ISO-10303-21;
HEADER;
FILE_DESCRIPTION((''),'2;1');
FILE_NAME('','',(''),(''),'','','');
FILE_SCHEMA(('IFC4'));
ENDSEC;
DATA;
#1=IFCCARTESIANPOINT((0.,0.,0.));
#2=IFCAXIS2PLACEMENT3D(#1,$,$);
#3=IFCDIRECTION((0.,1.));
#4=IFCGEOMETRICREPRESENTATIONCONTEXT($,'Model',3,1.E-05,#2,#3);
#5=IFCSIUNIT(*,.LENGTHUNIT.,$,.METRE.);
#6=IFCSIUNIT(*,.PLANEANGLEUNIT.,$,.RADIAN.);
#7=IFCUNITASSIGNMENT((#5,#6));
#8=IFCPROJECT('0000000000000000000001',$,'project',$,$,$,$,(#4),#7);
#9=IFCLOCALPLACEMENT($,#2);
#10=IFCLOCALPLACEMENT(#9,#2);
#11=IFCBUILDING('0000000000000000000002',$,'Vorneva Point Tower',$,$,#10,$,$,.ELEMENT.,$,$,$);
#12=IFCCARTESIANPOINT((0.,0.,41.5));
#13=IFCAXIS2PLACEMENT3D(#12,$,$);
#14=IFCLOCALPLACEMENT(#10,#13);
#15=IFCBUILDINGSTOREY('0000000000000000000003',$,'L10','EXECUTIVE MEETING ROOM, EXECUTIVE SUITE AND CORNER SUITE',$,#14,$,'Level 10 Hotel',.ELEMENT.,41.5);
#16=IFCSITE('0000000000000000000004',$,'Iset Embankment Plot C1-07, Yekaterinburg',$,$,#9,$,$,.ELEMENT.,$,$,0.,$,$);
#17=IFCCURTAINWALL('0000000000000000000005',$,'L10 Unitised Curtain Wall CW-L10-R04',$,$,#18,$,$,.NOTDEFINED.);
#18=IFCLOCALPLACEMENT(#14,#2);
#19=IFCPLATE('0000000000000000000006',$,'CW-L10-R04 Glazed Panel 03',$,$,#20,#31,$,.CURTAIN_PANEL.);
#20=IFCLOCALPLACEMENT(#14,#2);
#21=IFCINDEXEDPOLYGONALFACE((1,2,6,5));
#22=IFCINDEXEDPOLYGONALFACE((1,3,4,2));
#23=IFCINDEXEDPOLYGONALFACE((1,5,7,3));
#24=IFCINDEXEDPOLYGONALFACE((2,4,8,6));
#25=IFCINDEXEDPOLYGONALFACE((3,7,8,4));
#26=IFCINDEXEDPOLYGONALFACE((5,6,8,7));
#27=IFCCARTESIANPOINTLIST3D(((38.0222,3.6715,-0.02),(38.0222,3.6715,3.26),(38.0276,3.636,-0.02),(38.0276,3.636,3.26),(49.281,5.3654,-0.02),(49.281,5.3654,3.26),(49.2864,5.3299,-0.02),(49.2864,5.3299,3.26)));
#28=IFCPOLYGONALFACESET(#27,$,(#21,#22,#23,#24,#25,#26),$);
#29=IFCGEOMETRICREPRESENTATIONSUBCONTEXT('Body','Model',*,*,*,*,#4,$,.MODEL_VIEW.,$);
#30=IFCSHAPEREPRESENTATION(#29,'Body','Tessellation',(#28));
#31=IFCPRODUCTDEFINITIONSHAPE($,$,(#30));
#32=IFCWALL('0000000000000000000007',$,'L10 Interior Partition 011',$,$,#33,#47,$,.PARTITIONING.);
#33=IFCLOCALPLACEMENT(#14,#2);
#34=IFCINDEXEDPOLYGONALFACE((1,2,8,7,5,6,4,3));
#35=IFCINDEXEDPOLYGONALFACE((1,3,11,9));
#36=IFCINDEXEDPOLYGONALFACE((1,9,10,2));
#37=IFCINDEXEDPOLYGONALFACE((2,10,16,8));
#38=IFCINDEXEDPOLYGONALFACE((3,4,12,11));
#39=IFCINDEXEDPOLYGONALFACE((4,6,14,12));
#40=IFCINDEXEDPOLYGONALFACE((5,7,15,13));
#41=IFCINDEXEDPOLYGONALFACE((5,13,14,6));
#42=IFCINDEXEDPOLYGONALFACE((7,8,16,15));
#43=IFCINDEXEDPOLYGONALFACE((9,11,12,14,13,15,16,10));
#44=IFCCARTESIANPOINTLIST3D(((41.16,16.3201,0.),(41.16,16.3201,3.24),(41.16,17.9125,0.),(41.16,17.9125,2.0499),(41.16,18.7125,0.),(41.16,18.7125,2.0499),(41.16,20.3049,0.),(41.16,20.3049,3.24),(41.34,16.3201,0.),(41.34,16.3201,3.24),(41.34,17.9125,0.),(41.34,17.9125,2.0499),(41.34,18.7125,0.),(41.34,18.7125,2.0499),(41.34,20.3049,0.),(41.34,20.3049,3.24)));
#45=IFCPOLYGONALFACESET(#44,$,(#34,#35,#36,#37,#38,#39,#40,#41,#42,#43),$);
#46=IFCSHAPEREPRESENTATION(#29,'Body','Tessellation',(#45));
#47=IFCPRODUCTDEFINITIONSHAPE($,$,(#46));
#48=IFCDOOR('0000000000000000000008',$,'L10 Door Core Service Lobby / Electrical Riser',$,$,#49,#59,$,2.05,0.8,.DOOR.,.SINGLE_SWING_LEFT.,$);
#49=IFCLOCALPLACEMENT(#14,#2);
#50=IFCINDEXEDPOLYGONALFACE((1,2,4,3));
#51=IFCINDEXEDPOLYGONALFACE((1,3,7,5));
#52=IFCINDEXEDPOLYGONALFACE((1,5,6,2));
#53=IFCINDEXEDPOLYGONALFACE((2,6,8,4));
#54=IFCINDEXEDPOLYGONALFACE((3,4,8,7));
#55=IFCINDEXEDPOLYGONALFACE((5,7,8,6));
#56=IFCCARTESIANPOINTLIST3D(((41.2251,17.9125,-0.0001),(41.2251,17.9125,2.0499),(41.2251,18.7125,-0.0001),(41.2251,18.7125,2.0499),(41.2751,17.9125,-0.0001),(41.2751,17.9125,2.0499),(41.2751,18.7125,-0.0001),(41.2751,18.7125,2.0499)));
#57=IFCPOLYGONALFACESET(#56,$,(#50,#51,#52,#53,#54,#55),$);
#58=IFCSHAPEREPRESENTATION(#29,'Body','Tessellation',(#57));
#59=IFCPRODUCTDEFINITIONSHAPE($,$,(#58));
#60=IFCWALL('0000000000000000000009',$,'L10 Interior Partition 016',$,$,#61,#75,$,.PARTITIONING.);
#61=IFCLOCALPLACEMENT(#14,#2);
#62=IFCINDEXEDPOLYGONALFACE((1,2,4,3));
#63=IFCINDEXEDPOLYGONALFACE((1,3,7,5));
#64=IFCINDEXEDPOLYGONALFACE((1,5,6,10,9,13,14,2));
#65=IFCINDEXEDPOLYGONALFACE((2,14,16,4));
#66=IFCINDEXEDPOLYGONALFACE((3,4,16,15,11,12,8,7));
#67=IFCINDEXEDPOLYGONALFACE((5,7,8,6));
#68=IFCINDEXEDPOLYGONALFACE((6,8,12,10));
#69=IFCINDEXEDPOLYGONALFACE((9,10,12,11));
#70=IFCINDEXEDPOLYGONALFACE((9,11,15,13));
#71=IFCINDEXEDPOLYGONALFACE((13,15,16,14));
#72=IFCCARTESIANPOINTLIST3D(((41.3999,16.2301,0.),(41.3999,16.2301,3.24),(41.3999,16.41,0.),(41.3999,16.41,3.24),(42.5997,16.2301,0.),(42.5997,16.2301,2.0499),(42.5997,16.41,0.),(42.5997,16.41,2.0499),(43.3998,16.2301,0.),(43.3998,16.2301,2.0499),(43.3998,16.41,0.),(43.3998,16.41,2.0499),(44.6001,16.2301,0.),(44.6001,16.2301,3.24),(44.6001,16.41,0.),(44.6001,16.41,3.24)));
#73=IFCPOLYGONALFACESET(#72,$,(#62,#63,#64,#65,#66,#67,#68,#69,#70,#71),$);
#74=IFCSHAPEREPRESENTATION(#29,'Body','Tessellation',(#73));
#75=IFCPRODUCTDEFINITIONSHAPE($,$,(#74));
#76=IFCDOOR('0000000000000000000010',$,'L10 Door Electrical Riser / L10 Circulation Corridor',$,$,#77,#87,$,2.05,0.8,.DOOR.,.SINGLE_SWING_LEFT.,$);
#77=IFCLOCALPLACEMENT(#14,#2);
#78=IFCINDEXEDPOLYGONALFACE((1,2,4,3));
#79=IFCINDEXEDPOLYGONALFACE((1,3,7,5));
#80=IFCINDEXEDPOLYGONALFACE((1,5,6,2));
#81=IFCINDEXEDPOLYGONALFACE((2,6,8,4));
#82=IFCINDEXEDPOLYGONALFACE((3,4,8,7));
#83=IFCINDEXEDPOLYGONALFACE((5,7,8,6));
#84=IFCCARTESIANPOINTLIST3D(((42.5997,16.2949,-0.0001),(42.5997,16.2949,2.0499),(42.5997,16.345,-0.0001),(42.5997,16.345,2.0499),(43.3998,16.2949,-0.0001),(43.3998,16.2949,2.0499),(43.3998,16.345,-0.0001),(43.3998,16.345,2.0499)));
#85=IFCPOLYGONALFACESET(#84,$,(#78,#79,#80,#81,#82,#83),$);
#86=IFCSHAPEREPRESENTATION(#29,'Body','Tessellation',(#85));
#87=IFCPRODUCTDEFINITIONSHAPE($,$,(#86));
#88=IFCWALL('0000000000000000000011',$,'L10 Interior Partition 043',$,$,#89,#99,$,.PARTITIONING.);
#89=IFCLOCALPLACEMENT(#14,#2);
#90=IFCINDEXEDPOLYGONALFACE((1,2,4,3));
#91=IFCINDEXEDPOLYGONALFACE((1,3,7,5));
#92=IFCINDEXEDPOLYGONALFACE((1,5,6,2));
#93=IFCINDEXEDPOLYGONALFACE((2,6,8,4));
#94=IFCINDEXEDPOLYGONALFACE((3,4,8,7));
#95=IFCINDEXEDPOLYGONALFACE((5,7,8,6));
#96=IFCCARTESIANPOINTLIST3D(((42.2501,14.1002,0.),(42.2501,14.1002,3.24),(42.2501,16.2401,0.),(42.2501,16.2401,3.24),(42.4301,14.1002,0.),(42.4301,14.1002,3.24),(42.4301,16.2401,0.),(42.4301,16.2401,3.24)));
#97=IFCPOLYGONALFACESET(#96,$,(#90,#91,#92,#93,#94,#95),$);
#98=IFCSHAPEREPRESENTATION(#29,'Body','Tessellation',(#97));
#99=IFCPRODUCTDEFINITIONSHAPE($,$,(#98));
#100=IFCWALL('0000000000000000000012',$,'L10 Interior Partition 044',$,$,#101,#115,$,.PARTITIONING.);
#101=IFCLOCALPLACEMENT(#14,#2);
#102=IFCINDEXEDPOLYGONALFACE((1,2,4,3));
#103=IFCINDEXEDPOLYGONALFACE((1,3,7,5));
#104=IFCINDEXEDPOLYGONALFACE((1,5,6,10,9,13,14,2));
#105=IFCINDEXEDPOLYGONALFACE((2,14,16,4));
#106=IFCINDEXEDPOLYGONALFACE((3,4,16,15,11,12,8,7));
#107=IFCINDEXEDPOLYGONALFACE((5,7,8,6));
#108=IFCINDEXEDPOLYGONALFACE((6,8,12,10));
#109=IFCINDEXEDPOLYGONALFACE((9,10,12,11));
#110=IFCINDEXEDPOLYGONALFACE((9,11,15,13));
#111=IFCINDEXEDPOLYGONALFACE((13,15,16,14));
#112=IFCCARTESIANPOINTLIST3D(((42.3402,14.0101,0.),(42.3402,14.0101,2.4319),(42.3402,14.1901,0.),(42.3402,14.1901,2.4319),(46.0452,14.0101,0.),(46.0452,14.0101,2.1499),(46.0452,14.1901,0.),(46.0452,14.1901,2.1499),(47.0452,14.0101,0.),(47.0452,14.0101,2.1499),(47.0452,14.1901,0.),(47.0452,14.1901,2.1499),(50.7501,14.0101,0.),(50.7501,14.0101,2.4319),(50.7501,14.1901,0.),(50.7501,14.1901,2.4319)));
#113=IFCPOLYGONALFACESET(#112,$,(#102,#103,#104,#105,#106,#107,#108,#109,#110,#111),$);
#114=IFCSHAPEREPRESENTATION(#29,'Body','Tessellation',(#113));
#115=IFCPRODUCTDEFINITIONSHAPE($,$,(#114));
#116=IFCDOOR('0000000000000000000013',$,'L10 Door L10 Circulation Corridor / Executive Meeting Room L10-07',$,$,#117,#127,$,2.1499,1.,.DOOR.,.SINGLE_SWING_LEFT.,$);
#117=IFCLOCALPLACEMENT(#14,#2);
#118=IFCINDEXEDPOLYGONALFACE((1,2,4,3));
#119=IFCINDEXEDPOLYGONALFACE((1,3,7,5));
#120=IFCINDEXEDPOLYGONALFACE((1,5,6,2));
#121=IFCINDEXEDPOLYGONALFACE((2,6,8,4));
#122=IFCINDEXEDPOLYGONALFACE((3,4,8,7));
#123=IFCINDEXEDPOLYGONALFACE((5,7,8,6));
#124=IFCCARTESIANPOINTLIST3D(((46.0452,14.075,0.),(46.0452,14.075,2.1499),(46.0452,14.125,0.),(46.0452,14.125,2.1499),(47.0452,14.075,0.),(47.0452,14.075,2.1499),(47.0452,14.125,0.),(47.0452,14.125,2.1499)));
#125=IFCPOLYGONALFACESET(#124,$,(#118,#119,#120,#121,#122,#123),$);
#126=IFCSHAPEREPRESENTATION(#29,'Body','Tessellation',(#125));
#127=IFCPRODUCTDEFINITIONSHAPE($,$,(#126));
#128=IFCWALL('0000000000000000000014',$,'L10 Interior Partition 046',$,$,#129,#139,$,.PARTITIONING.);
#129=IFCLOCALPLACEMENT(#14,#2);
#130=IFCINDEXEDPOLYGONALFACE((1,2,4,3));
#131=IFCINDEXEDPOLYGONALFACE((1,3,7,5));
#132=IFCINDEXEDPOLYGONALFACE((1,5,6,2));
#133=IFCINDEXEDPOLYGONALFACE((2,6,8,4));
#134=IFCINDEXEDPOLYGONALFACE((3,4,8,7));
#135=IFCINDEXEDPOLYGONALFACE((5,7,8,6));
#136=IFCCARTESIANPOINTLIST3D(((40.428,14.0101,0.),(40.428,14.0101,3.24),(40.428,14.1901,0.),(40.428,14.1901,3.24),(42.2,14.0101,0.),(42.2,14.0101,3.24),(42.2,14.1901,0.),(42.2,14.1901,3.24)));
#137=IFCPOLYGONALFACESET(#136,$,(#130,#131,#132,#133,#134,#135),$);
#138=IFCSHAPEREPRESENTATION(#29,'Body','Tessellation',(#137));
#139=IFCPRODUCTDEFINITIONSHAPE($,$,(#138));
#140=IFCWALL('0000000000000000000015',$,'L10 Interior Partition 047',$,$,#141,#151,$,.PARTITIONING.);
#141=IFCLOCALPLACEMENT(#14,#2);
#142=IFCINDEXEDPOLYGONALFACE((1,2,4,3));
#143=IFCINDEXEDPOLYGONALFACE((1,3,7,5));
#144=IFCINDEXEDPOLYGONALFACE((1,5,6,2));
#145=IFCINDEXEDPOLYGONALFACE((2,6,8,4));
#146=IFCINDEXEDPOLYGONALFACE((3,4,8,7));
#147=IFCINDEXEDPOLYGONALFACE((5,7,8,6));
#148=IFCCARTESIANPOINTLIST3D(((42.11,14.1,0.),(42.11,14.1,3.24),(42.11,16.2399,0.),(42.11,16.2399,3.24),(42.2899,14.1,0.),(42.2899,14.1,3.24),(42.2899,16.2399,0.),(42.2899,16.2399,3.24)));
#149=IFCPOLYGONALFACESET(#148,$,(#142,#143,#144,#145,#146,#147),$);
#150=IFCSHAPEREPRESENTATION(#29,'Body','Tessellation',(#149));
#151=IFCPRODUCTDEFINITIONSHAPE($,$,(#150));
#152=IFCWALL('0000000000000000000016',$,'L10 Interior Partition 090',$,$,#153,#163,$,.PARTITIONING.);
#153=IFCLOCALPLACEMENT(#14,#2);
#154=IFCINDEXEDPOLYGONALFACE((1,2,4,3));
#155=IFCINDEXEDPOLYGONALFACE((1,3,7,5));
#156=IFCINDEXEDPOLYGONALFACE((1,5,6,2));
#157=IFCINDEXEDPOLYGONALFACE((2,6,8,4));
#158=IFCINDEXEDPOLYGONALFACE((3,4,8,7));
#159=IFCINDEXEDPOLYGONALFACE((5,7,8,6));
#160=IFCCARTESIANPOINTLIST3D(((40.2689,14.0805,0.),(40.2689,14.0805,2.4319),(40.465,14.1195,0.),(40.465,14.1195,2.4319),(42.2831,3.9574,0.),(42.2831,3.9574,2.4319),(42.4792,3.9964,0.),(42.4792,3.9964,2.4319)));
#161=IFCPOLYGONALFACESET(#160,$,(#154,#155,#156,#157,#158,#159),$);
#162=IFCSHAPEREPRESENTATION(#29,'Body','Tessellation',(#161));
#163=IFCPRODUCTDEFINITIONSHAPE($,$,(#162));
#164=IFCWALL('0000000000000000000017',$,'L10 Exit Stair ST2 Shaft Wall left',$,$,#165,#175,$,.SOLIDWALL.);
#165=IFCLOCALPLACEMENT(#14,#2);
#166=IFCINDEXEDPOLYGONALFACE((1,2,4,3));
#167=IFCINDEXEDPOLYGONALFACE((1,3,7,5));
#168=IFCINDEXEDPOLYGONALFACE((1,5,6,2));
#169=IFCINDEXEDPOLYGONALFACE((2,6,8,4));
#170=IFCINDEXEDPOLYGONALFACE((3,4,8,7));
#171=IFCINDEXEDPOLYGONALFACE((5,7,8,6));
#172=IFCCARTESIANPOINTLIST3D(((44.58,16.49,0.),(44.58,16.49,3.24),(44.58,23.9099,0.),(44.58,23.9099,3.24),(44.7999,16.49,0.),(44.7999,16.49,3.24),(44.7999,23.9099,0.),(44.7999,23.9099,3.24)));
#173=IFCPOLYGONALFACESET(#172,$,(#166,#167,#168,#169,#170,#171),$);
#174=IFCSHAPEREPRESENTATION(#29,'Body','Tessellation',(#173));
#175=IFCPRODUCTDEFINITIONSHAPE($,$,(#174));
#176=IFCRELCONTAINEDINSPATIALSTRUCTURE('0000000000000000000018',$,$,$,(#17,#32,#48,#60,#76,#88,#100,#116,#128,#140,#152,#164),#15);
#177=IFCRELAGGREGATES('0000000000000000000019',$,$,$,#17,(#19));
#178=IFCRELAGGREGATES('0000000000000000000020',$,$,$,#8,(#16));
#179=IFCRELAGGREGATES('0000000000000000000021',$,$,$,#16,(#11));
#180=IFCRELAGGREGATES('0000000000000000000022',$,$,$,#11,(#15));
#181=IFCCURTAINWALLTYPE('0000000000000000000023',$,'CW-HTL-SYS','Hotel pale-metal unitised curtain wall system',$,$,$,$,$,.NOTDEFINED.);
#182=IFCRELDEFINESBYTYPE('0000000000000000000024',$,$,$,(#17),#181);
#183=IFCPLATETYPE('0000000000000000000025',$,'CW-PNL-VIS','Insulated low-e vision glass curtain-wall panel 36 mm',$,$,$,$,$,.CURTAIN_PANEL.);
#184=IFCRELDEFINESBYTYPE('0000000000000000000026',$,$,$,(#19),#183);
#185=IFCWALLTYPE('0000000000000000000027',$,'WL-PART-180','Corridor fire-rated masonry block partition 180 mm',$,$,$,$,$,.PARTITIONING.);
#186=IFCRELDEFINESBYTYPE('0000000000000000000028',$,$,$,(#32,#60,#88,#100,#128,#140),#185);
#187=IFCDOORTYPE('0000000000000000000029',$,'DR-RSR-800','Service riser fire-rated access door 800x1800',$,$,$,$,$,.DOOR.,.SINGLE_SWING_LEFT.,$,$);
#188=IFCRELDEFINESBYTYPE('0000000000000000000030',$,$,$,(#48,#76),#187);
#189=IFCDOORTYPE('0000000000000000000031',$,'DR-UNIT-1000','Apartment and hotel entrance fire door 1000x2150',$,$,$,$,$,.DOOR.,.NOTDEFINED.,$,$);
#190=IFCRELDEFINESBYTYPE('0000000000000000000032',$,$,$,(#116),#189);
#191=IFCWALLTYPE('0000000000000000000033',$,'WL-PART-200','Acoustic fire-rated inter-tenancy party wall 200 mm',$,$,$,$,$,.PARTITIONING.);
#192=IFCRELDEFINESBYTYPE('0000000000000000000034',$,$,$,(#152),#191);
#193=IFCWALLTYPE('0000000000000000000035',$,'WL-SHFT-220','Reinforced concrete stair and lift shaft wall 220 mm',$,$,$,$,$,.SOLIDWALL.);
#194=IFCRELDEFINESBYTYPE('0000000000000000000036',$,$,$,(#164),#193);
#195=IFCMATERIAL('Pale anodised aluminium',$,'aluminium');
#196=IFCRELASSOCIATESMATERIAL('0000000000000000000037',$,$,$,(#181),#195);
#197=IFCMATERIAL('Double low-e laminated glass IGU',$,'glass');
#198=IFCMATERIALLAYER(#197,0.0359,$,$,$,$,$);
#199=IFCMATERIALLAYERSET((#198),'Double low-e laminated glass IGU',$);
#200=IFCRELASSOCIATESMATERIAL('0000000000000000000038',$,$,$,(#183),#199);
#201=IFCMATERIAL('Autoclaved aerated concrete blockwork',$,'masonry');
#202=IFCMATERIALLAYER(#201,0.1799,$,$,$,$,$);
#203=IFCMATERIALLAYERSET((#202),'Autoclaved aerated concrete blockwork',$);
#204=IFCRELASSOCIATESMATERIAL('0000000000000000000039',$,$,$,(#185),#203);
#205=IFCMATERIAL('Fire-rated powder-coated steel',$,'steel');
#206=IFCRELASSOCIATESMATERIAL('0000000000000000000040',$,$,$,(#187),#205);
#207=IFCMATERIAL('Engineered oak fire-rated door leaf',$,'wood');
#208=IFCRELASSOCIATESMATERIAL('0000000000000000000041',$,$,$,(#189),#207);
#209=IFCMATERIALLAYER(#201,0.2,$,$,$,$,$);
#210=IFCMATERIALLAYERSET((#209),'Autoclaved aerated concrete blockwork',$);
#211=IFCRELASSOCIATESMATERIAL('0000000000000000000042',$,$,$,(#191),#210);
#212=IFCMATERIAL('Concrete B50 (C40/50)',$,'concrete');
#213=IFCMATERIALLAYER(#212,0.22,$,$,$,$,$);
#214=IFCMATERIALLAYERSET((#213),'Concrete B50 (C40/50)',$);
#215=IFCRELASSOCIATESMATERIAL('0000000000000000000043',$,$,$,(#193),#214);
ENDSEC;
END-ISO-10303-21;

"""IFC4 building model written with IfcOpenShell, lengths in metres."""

from ifc_helpers import new_model, si_unit, direction, frame, frame_2d, origin, origin_2d, place, context, subcontext, project, spatial, rectangle, extrude, material, layer, layer_set, type_object, element, fill, aggregate, save


model = new_model("IFC4")

# Units and contexts
model_context = context("Model", 3, precision=1e-05, world=origin(), true_north=direction((0.0, 1.0)))
body_context = subcontext(model_context, "Body", "Model", "MODEL_VIEW")
ifc_project = project(units=[si_unit("LENGTHUNIT", "METRE"), si_unit("PLANEANGLEUNIT", "RADIAN")], contexts=[model_context])

# Site, building, storey
site_placement = place(None, origin())
site = spatial("IfcSite", under=ifc_project, at=site_placement, Name="Iset Embankment Plot C1-07, Yekaterinburg", CompositionType="ELEMENT", RefElevation=0.0)
building_placement = place(site_placement, origin())
building = spatial("IfcBuilding", under=site, at=building_placement, Name="Vorneva Point Tower", CompositionType="ELEMENT")
storey_placement = place(building_placement, frame((0.0, 0.0, 41.5)))
storey = spatial("IfcBuildingStorey", under=building, at=storey_placement, Name="L10", Description="EXECUTIVE MEETING ROOM, EXECUTIVE SUITE AND CORNER SUITE", LongName="Level 10 Hotel", CompositionType="ELEMENT", Elevation=41.5)

# Curtain wall, plate
ifc_material_1 = material(Name="Pale anodised aluminium", Category="aluminium")
curtain_wall_type = type_object("IfcCurtainWallType", Name="CW-HTL-SYS", Description="Hotel pale-metal unitised curtain wall system", PredefinedType="NOTDEFINED", material=ifc_material_1)
curtain_wall_placement = place(storey_placement, origin())
curtain_wall = element("IfcCurtainWall", 1, at=curtain_wall_placement, inside=storey, type_object=curtain_wall_type, Name="L10 Unitised Curtain Wall CW-L10-R04", PredefinedType="NOTDEFINED")
ifc_material_2 = material(Name="Double low-e laminated glass IGU", Category="glass")
ifc_layer_1 = layer(ifc_material_2, 0.0359)
ifc_layer_set_1 = layer_set([ifc_layer_1], Name="Double low-e laminated glass IGU")
plate_type = type_object("IfcPlateType", Name="CW-PNL-VIS", Description="Insulated low-e vision glass curtain-wall panel 36 mm", PredefinedType="CURTAIN_PANEL", material=ifc_layer_set_1)
plate_placement = place(storey_placement, frame((43.6543, 4.5007, -0.02), z_axis=(0.0, 0.0, 1.0), x_axis=(0.988871, 0.148776, 0.0)))
plate = element("IfcPlate", 2, at=plate_placement, type_object=plate_type, Name="CW-L10-R04 Glazed Panel 03", PredefinedType="CURTAIN_PANEL", context=body_context, shape_type="SweptSolid", body=[
    extrude(rectangle(XDim=11.3855, YDim=0.0359, at=origin_2d()), origin(), (0.0, 0.0, 1.0), 3.28),
])
aggregate(curtain_wall, [plate])

# Walls, openings, doors
ifc_material_3 = material(Name="Autoclaved aerated concrete blockwork", Category="masonry")
ifc_layer_2 = layer(ifc_material_3, 0.1799)
ifc_layer_set_2 = layer_set([ifc_layer_2], Name="Autoclaved aerated concrete blockwork")
wall_type_1 = type_object("IfcWallType", Name="WL-PART-180", Description="Corridor fire-rated masonry block partition 180 mm", PredefinedType="PARTITIONING", material=ifc_layer_set_2)
wall_1_placement = place(storey_placement, frame((41.25, 16.3201, 0.0), z_axis=(0.0, 0.0, 1.0), x_axis=(0.0, 1.0, 0.0)))
wall_1 = element("IfcWall", 3, at=wall_1_placement, inside=storey, type_object=wall_type_1, Name="L10 Interior Partition 011", PredefinedType="PARTITIONING", context=body_context, shape_type="SweptSolid", body=[
    extrude(rectangle(XDim=3.9849, YDim=0.1799, at=frame_2d((1.9924, 0.0))), origin(), (0.0, 0.0, 1.0), 3.24),
])
opening_1_placement = place(wall_1_placement, frame((1.5925, 0.0, 0.0)))
opening_1 = element("IfcOpeningElement", 4, at=opening_1_placement, cuts=wall_1, PredefinedType="OPENING", context=body_context, shape_type="SweptSolid", body=[
    extrude(rectangle(XDim=0.8, YDim=2.05, at=frame_2d((0.3999, 1.0249))), frame((0.0, 0.105, 0.0), z_axis=(0.0, -1.0, 0.0), x_axis=(1.0, 0.0, 0.0)), (0.0, 0.0, 1.0), 0.2097),
])
ifc_material_4 = material(Name="Fire-rated powder-coated steel", Category="steel")
door_type_1 = type_object("IfcDoorType", Name="DR-RSR-800", Description="Service riser fire-rated access door 800x1800", OperationType="SINGLE_SWING_LEFT", PredefinedType="DOOR", material=ifc_material_4)
door_1_placement = place(opening_1_placement, origin())
door_1 = element("IfcDoor", 5, at=door_1_placement, inside=storey, type_object=door_type_1, Name="L10 Door Core Service Lobby / Electrical Riser", OperationType="SINGLE_SWING_LEFT", OverallHeight=2.05, OverallWidth=0.8, PredefinedType="DOOR", context=body_context, shape_type="SweptSolid", body=[
    extrude(rectangle(XDim=0.8, YDim=2.05, at=frame_2d((0.3999, 1.0249))), frame((0.0, 0.0249, 0.0), z_axis=(0.0, -1.0, 0.0), x_axis=(1.0, 0.0, 0.0)), (0.0, 0.0, 1.0), 0.05),
])
fill(opening_1, door_1)
wall_2_placement = place(storey_placement, frame((41.3999, 16.3201, 0.0), z_axis=(0.0, 0.0, 1.0), x_axis=(1.0, 0.0, 0.0)))
wall_2 = element("IfcWall", 6, at=wall_2_placement, inside=storey, type_object=wall_type_1, Name="L10 Interior Partition 016", PredefinedType="PARTITIONING", context=body_context, shape_type="SweptSolid", body=[
    extrude(rectangle(XDim=3.2002, YDim=0.1799, at=frame_2d((1.6001, 0.0))), origin(), (0.0, 0.0, 1.0), 3.24),
])
opening_2_placement = place(wall_2_placement, frame((1.2, 0.0, 0.0)))
opening_2 = element("IfcOpeningElement", 7, at=opening_2_placement, cuts=wall_2, PredefinedType="OPENING", context=body_context, shape_type="SweptSolid", body=[
    extrude(rectangle(XDim=0.8, YDim=2.05, at=frame_2d((0.3999, 1.0249))), frame((0.0, 0.105, 0.0), z_axis=(0.0, -1.0, 0.0), x_axis=(1.0, 0.0, 0.0)), (0.0, 0.0, 1.0), 0.2097),
])
door_2_placement = place(opening_2_placement, origin())
door_2 = element("IfcDoor", 8, at=door_2_placement, inside=storey, type_object=door_type_1, Name="L10 Door Electrical Riser / L10 Circulation Corridor", OperationType="SINGLE_SWING_LEFT", OverallHeight=2.05, OverallWidth=0.8, PredefinedType="DOOR", context=body_context, shape_type="SweptSolid", body=[
    extrude(rectangle(XDim=0.8, YDim=2.05, at=frame_2d((0.3999, 1.0249))), frame((0.0, 0.0249, 0.0), z_axis=(0.0, -1.0, 0.0), x_axis=(1.0, 0.0, 0.0)), (0.0, 0.0, 1.0), 0.05),
])
fill(opening_2, door_2)

# Wall
wall_3_placement = place(storey_placement, frame((42.3401, 16.24, 0.0), z_axis=(0.0, 0.0, 1.0), x_axis=(0.0, -1.0, 0.0)))
element("IfcWall", 9, at=wall_3_placement, inside=storey, type_object=wall_type_1, Name="L10 Interior Partition 043", PredefinedType="PARTITIONING", context=body_context, shape_type="SweptSolid", body=[
    extrude(rectangle(XDim=2.1399, YDim=0.1799, at=frame_2d((1.0698, 0.0))), origin(), (0.0, 0.0, 1.0), 3.24),
])

# Wall, opening, door
wall_4_placement = place(storey_placement, frame((42.3401, 14.1001, 0.0), z_axis=(0.0, 0.0, 1.0), x_axis=(1.0, 0.0, 0.0)))
wall_4 = element("IfcWall", 10, at=wall_4_placement, inside=storey, type_object=wall_type_1, Name="L10 Interior Partition 044", PredefinedType="PARTITIONING", context=body_context, shape_type="SweptSolid", body=[
    extrude(rectangle(XDim=8.4099, YDim=0.1799, at=frame_2d((4.2051, 0.0))), origin(), (0.0, 0.0, 1.0), 2.4319),
])
opening_3_placement = place(wall_4_placement, frame((3.7051, 0.0, 0.0)))
opening_3 = element("IfcOpeningElement", 11, at=opening_3_placement, cuts=wall_4, PredefinedType="OPENING", context=body_context, shape_type="SweptSolid", body=[
    extrude(rectangle(XDim=1.0, YDim=2.1499, at=frame_2d((0.5, 1.075))), frame((0.0, 0.105, 0.0), z_axis=(0.0, -1.0, 0.0), x_axis=(1.0, 0.0, 0.0)), (0.0, 0.0, 1.0), 0.2097),
])
ifc_material_5 = material(Name="Engineered oak fire-rated door leaf", Category="wood")
door_type_2 = type_object("IfcDoorType", Name="DR-UNIT-1000", Description="Apartment and hotel entrance fire door 1000x2150", OperationType="NOTDEFINED", PredefinedType="DOOR", material=ifc_material_5)
door_3_placement = place(opening_3_placement, origin())
door_3 = element("IfcDoor", 12, at=door_3_placement, inside=storey, type_object=door_type_2, Name="L10 Door L10 Circulation Corridor / Executive Meeting Room L10-07", OperationType="SINGLE_SWING_LEFT", OverallHeight=2.1499, OverallWidth=1.0, PredefinedType="DOOR", context=body_context, shape_type="SweptSolid", body=[
    extrude(rectangle(XDim=1.0, YDim=2.1499, at=frame_2d((0.5, 1.075))), frame((0.0, 0.0249, 0.0), z_axis=(0.0, -1.0, 0.0), x_axis=(1.0, 0.0, 0.0)), (0.0, 0.0, 1.0), 0.05),
])
fill(opening_3, door_3)

# Walls
wall_5_placement = place(storey_placement, frame((40.428, 14.1001, 0.0), z_axis=(0.0, 0.0, 1.0), x_axis=(1.0, 0.0, 0.0)))
element("IfcWall", 13, at=wall_5_placement, inside=storey, type_object=wall_type_1, Name="L10 Interior Partition 046", PredefinedType="PARTITIONING", context=body_context, shape_type="SweptSolid", body=[
    extrude(rectangle(XDim=1.772, YDim=0.1799, at=frame_2d((0.886, 0.0))), origin(), (0.0, 0.0, 1.0), 3.24),
])
wall_6_placement = place(storey_placement, frame((42.2, 14.1001, 0.0), z_axis=(0.0, 0.0, 1.0), x_axis=(0.0, 1.0, 0.0)))
element("IfcWall", 14, at=wall_6_placement, inside=storey, type_object=wall_type_1, Name="L10 Interior Partition 047", PredefinedType="PARTITIONING", context=body_context, shape_type="SweptSolid", body=[
    extrude(rectangle(XDim=2.1399, YDim=0.1799, at=frame_2d((1.0698, 0.0))), origin(), (0.0, 0.0, 1.0), 3.24),
])
ifc_layer_3 = layer(ifc_material_3, 0.2)
ifc_layer_set_3 = layer_set([ifc_layer_3], Name="Autoclaved aerated concrete blockwork")
wall_type_2 = type_object("IfcWallType", Name="WL-PART-200", Description="Acoustic fire-rated inter-tenancy party wall 200 mm", PredefinedType="PARTITIONING", material=ifc_layer_set_3)
wall_7_placement = place(storey_placement, frame((42.3811, 3.9771, 0.0), z_axis=(0.0, 0.0, 1.0), x_axis=(-0.195143, 0.980775, 0.0)))
element("IfcWall", 15, at=wall_7_placement, inside=storey, type_object=wall_type_2, Name="L10 Interior Partition 090", PredefinedType="PARTITIONING", context=body_context, shape_type="SweptSolid", body=[
    extrude(rectangle(XDim=10.3215, YDim=0.2, at=frame_2d((5.1606, 0.0))), origin(), (0.0, 0.0, 1.0), 2.4319),
])
ifc_material_6 = material(Name="Concrete B50 (C40/50)", Category="concrete")
ifc_layer_4 = layer(ifc_material_6, 0.22)
ifc_layer_set_4 = layer_set([ifc_layer_4], Name="Concrete B50 (C40/50)")
wall_type_3 = type_object("IfcWallType", Name="WL-SHFT-220", Description="Reinforced concrete stair and lift shaft wall 220 mm", PredefinedType="SOLIDWALL", material=ifc_layer_set_4)
wall_8_placement = place(storey_placement, frame((44.6899, 16.49, 0.0), z_axis=(0.0, 0.0, 1.0), x_axis=(0.0, 1.0, 0.0)))
element("IfcWall", 16, at=wall_8_placement, inside=storey, type_object=wall_type_3, Name="L10 Exit Stair ST2 Shaft Wall left", PredefinedType="SOLIDWALL", context=body_context, shape_type="SweptSolid", body=[
    extrude(rectangle(XDim=7.4199, YDim=0.22, at=frame_2d((3.71, 0.0))), origin(), (0.0, 0.0, 1.0), 3.24),
])

save(model, "model.ifc")
